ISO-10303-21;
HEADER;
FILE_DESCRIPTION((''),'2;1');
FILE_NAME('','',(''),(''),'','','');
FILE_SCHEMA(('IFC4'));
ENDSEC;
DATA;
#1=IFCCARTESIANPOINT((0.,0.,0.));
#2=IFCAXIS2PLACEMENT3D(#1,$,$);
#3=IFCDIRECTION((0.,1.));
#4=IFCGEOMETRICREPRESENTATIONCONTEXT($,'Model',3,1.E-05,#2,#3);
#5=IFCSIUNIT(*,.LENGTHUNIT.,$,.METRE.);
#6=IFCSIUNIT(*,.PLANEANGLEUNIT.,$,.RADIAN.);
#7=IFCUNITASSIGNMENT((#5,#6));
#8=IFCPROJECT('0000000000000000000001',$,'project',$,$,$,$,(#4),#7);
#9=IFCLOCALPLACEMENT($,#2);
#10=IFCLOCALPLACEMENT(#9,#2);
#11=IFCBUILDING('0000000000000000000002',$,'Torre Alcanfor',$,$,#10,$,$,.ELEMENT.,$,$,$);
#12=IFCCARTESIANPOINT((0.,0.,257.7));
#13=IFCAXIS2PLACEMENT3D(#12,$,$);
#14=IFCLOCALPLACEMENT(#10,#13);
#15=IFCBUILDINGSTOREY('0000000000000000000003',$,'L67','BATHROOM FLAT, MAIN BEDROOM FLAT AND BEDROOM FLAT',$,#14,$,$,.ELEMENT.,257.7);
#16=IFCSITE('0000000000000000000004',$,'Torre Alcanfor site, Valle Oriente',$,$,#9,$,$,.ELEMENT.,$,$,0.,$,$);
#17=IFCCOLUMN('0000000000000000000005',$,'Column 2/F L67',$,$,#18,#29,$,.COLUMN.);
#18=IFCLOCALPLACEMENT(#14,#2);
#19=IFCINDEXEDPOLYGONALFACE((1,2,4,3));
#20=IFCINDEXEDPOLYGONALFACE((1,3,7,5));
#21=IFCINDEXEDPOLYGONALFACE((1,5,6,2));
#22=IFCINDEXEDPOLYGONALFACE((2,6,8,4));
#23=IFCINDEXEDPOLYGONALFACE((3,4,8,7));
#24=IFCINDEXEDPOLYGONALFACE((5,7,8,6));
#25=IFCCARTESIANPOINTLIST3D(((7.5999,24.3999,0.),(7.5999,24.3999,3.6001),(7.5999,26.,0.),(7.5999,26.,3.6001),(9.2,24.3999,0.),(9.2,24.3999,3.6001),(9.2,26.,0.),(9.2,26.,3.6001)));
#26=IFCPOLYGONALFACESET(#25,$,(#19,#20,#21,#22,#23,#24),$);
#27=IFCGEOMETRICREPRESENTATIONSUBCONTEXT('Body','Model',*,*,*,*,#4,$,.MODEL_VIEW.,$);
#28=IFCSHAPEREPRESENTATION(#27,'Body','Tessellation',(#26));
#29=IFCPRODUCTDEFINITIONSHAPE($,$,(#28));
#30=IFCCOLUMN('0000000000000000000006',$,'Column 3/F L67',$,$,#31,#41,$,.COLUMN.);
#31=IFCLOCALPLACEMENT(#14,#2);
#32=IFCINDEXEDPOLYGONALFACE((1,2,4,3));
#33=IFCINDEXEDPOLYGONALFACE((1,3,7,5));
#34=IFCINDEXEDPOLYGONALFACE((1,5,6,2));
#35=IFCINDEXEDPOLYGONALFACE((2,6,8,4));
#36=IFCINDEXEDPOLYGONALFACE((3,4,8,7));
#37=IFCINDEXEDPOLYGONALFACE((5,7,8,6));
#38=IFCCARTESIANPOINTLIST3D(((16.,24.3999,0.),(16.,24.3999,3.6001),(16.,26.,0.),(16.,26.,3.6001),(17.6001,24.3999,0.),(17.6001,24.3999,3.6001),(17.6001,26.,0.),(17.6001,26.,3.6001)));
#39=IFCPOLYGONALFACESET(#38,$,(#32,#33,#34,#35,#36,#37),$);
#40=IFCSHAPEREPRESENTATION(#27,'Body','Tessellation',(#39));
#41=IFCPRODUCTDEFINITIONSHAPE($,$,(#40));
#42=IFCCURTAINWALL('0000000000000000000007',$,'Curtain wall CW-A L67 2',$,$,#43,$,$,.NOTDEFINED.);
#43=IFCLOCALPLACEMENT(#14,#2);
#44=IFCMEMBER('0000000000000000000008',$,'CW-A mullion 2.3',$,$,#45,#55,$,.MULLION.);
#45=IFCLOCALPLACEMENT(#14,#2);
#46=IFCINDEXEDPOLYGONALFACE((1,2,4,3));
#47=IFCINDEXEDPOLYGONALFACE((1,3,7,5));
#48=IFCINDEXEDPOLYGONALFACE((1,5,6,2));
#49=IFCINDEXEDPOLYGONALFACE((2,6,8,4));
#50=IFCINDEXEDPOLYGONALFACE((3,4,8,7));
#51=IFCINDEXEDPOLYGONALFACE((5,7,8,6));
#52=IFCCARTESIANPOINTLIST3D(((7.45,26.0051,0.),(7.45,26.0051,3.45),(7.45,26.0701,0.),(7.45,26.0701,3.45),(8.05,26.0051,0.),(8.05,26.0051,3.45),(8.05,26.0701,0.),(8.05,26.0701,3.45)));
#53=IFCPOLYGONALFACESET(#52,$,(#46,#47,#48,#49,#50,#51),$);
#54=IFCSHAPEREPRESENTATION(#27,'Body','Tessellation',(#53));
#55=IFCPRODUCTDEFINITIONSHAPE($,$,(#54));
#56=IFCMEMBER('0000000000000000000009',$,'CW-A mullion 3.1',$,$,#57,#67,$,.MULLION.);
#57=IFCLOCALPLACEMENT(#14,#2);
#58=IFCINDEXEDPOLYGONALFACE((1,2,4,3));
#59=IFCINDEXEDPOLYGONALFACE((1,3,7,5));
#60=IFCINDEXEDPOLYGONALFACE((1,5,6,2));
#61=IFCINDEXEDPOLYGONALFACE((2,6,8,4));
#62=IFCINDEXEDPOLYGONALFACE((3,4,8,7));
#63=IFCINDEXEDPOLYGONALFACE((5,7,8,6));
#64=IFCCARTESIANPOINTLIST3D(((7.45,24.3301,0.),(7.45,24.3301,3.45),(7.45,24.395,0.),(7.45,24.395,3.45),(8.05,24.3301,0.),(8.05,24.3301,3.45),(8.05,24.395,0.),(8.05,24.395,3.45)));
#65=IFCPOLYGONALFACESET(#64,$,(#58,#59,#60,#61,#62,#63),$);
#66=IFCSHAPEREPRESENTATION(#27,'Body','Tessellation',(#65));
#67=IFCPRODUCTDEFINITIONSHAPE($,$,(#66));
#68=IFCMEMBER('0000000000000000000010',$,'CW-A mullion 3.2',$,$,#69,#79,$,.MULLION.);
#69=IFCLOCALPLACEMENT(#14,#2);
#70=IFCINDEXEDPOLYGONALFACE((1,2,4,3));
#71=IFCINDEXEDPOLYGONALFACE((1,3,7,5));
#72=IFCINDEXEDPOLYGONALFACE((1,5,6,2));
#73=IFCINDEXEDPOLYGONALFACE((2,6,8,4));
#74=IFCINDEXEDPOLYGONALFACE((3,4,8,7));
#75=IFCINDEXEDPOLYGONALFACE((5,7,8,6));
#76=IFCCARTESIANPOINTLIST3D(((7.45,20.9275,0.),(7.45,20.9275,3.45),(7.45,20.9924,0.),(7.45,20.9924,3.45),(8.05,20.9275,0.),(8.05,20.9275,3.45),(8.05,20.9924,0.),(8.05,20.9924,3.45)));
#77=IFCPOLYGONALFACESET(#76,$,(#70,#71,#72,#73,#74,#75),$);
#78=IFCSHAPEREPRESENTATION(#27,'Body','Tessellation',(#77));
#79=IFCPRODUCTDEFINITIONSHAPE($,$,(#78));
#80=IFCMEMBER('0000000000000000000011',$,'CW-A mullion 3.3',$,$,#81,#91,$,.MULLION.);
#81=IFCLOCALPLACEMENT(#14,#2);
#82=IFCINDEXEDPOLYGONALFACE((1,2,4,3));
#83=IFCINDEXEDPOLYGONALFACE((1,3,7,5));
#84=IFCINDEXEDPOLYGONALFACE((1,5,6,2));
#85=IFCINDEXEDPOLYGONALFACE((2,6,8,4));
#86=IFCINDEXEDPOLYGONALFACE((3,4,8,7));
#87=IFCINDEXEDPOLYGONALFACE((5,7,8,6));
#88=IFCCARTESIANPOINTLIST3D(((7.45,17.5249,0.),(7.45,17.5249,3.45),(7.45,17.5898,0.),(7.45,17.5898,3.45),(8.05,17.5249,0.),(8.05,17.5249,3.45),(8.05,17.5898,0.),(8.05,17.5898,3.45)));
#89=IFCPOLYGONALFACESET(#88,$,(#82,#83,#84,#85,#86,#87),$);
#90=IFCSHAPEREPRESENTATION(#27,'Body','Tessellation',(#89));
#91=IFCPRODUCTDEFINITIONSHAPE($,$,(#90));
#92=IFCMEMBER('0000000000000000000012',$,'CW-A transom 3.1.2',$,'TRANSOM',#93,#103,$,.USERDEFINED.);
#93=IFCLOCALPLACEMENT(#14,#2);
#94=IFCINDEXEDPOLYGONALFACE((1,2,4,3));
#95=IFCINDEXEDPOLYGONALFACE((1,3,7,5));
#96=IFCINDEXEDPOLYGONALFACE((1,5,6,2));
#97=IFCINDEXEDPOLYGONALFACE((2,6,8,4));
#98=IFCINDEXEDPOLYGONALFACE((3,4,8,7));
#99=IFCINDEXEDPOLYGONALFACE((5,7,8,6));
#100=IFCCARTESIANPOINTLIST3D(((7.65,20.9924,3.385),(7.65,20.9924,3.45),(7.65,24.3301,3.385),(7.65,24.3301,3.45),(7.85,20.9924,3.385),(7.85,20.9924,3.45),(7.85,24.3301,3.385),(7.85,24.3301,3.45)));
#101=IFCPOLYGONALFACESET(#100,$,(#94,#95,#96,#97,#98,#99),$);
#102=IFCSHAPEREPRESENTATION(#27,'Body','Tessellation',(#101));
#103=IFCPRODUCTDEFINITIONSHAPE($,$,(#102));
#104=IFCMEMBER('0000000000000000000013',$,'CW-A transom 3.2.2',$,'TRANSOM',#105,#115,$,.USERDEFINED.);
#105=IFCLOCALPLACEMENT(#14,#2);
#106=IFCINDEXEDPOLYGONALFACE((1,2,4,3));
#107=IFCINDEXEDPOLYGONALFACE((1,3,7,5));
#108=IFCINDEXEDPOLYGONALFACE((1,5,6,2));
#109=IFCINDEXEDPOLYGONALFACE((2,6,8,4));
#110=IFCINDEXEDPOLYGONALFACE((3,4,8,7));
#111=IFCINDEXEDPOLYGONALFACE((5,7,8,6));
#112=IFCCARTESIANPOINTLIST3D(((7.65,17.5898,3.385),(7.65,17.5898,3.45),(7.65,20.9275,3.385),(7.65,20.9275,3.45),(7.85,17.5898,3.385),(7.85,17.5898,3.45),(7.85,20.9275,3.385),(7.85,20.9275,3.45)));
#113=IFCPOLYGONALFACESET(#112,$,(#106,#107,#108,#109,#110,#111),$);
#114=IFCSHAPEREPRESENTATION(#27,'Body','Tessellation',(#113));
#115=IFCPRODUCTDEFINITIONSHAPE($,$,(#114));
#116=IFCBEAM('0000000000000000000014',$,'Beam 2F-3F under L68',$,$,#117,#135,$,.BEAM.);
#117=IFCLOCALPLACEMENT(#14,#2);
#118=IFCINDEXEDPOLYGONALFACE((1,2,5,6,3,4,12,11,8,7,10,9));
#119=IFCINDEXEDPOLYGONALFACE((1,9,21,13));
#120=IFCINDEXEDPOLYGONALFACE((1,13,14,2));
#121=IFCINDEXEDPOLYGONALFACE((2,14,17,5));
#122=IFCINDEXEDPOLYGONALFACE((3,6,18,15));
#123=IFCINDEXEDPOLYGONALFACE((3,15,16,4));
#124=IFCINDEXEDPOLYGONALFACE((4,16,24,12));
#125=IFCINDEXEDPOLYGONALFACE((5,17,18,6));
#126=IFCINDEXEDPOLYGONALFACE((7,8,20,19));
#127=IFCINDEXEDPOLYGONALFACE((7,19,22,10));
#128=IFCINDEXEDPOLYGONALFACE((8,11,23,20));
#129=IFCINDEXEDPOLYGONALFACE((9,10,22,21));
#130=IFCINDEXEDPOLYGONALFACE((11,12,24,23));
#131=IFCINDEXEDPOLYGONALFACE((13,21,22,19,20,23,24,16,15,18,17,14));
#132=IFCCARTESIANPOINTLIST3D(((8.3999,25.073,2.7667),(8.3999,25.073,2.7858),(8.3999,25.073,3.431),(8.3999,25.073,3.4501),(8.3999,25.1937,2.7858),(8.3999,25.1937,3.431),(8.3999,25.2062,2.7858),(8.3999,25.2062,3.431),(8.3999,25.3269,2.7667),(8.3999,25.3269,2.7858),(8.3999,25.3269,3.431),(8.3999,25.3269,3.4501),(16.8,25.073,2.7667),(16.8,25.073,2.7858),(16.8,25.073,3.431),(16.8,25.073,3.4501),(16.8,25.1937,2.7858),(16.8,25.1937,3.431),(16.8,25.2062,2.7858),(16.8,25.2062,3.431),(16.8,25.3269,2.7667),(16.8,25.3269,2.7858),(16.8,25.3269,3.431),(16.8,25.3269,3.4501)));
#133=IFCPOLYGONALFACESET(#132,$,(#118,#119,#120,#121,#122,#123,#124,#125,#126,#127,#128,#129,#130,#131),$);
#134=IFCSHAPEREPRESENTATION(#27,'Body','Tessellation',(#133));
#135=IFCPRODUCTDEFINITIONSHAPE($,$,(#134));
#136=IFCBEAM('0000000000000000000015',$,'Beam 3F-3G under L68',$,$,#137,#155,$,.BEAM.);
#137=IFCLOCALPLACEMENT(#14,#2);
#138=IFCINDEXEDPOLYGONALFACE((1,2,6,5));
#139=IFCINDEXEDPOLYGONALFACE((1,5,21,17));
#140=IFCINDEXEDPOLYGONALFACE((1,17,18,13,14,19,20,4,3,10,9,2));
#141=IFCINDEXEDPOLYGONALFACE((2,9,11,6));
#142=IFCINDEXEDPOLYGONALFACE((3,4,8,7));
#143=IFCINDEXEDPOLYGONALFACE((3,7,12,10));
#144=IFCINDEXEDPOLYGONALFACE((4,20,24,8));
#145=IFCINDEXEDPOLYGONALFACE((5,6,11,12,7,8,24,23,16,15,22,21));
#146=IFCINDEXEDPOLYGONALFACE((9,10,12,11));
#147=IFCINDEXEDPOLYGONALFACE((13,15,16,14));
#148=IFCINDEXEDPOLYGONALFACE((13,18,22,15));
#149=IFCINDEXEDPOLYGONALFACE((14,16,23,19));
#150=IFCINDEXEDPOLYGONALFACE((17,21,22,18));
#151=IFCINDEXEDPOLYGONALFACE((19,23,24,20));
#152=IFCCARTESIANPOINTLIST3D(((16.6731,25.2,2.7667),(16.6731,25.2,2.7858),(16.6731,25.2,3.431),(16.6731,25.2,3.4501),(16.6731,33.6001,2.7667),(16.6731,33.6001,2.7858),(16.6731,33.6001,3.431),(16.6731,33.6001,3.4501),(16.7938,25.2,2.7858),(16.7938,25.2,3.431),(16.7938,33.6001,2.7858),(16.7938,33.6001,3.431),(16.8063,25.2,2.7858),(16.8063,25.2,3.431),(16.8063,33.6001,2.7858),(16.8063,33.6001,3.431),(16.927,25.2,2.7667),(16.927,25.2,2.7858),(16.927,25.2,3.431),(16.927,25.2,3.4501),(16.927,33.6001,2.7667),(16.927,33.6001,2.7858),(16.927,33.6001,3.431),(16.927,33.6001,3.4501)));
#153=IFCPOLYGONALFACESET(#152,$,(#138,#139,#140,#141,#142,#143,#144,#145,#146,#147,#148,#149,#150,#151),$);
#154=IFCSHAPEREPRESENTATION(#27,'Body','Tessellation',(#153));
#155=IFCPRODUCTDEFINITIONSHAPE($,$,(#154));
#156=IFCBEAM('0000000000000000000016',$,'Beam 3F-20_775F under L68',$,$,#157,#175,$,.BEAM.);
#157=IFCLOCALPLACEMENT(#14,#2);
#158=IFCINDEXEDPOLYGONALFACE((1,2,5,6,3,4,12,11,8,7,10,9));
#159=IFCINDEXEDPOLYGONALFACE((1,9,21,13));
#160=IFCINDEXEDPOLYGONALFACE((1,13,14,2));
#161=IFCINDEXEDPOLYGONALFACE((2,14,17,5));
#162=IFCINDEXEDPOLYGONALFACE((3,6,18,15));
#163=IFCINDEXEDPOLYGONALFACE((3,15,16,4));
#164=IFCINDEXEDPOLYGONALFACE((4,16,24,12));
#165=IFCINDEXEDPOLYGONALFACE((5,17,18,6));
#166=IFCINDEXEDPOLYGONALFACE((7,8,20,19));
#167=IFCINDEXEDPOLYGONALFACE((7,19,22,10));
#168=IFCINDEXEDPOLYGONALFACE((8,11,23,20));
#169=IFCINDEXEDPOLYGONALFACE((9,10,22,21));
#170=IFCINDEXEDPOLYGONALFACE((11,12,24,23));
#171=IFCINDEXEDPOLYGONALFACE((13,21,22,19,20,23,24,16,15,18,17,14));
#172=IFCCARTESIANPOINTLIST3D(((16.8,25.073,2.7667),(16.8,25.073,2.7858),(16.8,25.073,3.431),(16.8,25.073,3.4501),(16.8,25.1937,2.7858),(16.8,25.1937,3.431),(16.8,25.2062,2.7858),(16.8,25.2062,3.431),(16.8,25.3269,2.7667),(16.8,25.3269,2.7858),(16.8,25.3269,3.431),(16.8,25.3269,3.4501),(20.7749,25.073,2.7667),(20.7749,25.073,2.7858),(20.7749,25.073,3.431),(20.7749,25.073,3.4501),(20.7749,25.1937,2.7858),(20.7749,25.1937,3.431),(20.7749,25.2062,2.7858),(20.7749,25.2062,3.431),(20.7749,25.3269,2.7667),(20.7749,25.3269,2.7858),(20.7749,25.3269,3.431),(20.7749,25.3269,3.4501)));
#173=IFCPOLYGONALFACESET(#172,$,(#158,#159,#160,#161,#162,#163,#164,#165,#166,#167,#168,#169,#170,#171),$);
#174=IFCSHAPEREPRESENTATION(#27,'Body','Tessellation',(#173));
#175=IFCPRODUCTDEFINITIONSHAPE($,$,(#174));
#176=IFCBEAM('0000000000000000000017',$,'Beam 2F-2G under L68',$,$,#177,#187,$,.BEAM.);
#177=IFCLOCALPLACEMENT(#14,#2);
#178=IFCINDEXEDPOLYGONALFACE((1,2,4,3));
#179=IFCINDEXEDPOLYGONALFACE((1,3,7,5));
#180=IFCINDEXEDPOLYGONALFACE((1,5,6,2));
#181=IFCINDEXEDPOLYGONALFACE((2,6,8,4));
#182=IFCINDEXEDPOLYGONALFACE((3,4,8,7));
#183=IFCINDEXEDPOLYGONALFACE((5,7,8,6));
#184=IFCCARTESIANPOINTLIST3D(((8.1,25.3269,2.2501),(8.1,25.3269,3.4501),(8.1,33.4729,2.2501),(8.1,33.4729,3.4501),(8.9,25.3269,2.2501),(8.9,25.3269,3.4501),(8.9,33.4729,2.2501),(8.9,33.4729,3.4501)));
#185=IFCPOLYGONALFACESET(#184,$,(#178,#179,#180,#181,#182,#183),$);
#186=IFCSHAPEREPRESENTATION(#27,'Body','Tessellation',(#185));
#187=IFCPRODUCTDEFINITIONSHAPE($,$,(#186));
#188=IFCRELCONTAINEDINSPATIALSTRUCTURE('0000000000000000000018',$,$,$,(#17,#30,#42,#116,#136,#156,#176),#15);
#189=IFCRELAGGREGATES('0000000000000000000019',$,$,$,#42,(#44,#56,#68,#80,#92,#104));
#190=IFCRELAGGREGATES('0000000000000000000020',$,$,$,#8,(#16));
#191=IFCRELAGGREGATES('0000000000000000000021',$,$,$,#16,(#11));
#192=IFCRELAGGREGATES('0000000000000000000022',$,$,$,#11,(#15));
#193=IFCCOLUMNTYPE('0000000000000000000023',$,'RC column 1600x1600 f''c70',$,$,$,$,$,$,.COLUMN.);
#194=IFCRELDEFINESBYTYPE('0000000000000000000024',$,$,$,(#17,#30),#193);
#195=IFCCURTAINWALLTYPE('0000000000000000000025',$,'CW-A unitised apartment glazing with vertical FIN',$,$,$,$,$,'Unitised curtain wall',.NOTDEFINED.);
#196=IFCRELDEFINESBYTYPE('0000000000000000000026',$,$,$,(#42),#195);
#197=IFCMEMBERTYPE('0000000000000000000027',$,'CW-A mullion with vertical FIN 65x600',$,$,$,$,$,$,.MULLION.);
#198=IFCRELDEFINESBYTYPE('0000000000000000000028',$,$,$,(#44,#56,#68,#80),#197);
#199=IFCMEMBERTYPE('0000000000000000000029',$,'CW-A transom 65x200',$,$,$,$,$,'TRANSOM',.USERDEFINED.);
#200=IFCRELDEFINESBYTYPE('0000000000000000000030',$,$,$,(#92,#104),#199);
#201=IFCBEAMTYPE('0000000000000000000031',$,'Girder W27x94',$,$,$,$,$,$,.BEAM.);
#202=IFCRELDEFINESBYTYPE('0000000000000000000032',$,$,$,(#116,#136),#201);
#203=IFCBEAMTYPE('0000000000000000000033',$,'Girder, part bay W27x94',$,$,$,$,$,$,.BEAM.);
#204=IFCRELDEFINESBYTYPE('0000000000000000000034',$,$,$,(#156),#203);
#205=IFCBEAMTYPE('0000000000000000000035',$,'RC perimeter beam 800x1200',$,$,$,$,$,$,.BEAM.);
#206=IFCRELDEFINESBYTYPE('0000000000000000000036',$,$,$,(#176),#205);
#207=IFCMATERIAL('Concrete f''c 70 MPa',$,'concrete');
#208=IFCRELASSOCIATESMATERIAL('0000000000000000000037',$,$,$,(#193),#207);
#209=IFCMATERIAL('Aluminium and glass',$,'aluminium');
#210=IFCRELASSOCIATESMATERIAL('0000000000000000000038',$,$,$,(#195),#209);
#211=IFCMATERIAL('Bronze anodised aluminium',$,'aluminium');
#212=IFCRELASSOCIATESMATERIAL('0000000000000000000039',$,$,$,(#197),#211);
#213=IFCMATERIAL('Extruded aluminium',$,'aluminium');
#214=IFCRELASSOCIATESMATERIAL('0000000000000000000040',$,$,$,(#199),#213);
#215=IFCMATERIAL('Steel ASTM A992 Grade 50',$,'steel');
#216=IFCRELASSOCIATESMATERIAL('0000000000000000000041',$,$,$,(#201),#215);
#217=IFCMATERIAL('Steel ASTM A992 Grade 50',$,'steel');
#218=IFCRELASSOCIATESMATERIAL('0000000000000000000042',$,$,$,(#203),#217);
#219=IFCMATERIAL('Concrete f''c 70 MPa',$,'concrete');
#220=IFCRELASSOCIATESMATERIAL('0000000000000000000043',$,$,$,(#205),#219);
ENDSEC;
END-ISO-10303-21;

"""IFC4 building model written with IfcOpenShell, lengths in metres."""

from ifc_helpers import new_model, si_unit, direction, frame, origin, origin_2d, place, context, subcontext, project, spatial, rectangle, i_section, extrude, material, material_profile, profile_set, type_object, element, aggregate, save


model = new_model("IFC4")

# Units and contexts
model_context = context("Model", 3, precision=1e-05, world=origin(), true_north=direction((0.0, 1.0)))
body_context = subcontext(model_context, "Body", "Model", "MODEL_VIEW")
ifc_project = project(units=[si_unit("LENGTHUNIT", "METRE"), si_unit("PLANEANGLEUNIT", "RADIAN")], contexts=[model_context])

# Site, building, storey
site_placement = place(None, origin())
site = spatial("IfcSite", under=ifc_project, at=site_placement, Name="Torre Alcanfor site, Valle Oriente", CompositionType="ELEMENT", RefElevation=0.0)
building_placement = place(site_placement, origin())
building = spatial("IfcBuilding", under=site, at=building_placement, Name="Torre Alcanfor", CompositionType="ELEMENT")
storey_placement = place(building_placement, frame((0.0, 0.0, 257.7)))
storey = spatial("IfcBuildingStorey", under=building, at=storey_placement, Name="L67", Description="BATHROOM FLAT, MAIN BEDROOM FLAT AND BEDROOM FLAT", CompositionType="ELEMENT", Elevation=257.7)

# Columns
ifc_material_1 = material(Name="Concrete f'c 70 MPa", Category="concrete")
ifc_material_profile_1 = material_profile(ifc_material_1, rectangle(XDim=1.6001, YDim=1.6001, at=origin_2d()), Name="1600x1600")
ifc_profile_set_1 = profile_set([ifc_material_profile_1], Name="Concrete f'c 70 MPa")
column_type = type_object("IfcColumnType", Name="RC column 1600x1600 f'c70", PredefinedType="COLUMN", material=ifc_profile_set_1)
for number, where, z_axis, x_axis, name in (
    (1, (8.3999, 25.2, 0.0), (0.0, 0.0, 1.0), (1.0, 0.0, 0.0), "Column 2/F L67"),
    (2, (16.8, 25.2, 0.0), (0.0, 0.0, 1.0), (1.0, 0.0, 0.0), "Column 3/F L67"),
):
    element("IfcColumn", number, at=place(storey_placement, frame(where, z_axis=z_axis, x_axis=x_axis)), inside=storey, type_object=column_type, Name=name, PredefinedType="COLUMN", context=body_context, shape_type="SweptSolid", body=[
        extrude(rectangle(XDim=1.6001, YDim=1.6001, at=origin_2d()), origin(), (0.0, 0.0, 1.0), 3.6001),
    ])

# Curtain wall, members
ifc_material_2 = material(Name="Aluminium and glass", Category="aluminium")
curtain_wall_type = type_object("IfcCurtainWallType", Name="CW-A unitised apartment glazing with vertical FIN", ElementType="Unitised curtain wall", PredefinedType="NOTDEFINED", material=ifc_material_2)
curtain_wall_placement = place(storey_placement, origin())
curtain_wall = element("IfcCurtainWall", 3, at=curtain_wall_placement, inside=storey, type_object=curtain_wall_type, Name="Curtain wall CW-A L67 2", PredefinedType="NOTDEFINED")
ifc_material_3 = material(Name="Bronze anodised aluminium", Category="aluminium")
ifc_material_profile_2 = material_profile(ifc_material_3, rectangle(XDim=0.6001, YDim=0.0649, at=origin_2d()), Name="CW-A mullion 65x600")
ifc_profile_set_2 = profile_set([ifc_material_profile_2], Name="Bronze anodised aluminium")
member_type_1 = type_object("IfcMemberType", Name="CW-A mullion with vertical FIN 65x600", PredefinedType="MULLION", material=ifc_profile_set_2)
member_1_placement = place(storey_placement, frame((7.75, 26.0376, 0.0), z_axis=(0.0, 0.0, 1.0), x_axis=(1.0, 0.0, 0.0)))
member_1 = element("IfcMember", 4, at=member_1_placement, type_object=member_type_1, Name="CW-A mullion 2.3", PredefinedType="MULLION", context=body_context, shape_type="SweptSolid", body=[
    extrude(rectangle(XDim=0.6001, YDim=0.0649, at=origin_2d()), origin(), (0.0, 0.0, 1.0), 3.45),
])
member_2_placement = place(storey_placement, frame((7.75, 24.3625, 0.0), z_axis=(0.0, 0.0, 1.0), x_axis=(1.0, 0.0, 0.0)))
member_2 = element("IfcMember", 5, at=member_2_placement, type_object=member_type_1, Name="CW-A mullion 3.1", PredefinedType="MULLION", context=body_context, shape_type="SweptSolid", body=[
    extrude(rectangle(XDim=0.6001, YDim=0.0649, at=origin_2d()), origin(), (0.0, 0.0, 1.0), 3.45),
])
member_3_placement = place(storey_placement, frame((7.75, 20.96, 0.0), z_axis=(0.0, 0.0, 1.0), x_axis=(1.0, 0.0, 0.0)))
member_3 = element("IfcMember", 6, at=member_3_placement, type_object=member_type_1, Name="CW-A mullion 3.2", PredefinedType="MULLION", context=body_context, shape_type="SweptSolid", body=[
    extrude(rectangle(XDim=0.6001, YDim=0.0649, at=origin_2d()), origin(), (0.0, 0.0, 1.0), 3.45),
])
member_4_placement = place(storey_placement, frame((7.75, 17.5574, 0.0), z_axis=(0.0, 0.0, 1.0), x_axis=(1.0, 0.0, 0.0)))
member_4 = element("IfcMember", 7, at=member_4_placement, type_object=member_type_1, Name="CW-A mullion 3.3", PredefinedType="MULLION", context=body_context, shape_type="SweptSolid", body=[
    extrude(rectangle(XDim=0.6001, YDim=0.0649, at=origin_2d()), origin(), (0.0, 0.0, 1.0), 3.45),
])
ifc_material_4 = material(Name="Extruded aluminium", Category="aluminium")
ifc_material_profile_3 = material_profile(ifc_material_4, rectangle(XDim=0.2, YDim=0.0649, at=origin_2d()), Name="CW-A transom 200x65")
ifc_profile_set_3 = profile_set([ifc_material_profile_3], Name="Extruded aluminium")
member_type_2 = type_object("IfcMemberType", Name="CW-A transom 65x200", ElementType="TRANSOM", PredefinedType="USERDEFINED", material=ifc_profile_set_3)
member_5_placement = place(storey_placement, frame((7.75, 24.3301, 3.4175), z_axis=(0.0, -1.0, 0.0), x_axis=(1.0, 0.0, 0.0)))
member_5 = element("IfcMember", 8, at=member_5_placement, type_object=member_type_2, Name="CW-A transom 3.1.2", ObjectType="TRANSOM", PredefinedType="USERDEFINED", context=body_context, shape_type="SweptSolid", body=[
    extrude(rectangle(XDim=0.2, YDim=0.0649, at=origin_2d()), origin(), (0.0, 0.0, 1.0), 3.3376),
])
member_6_placement = place(storey_placement, frame((7.75, 20.9275, 3.4175), z_axis=(0.0, -1.0, 0.0), x_axis=(1.0, 0.0, 0.0)))
member_6 = element("IfcMember", 9, at=member_6_placement, type_object=member_type_2, Name="CW-A transom 3.2.2", ObjectType="TRANSOM", PredefinedType="USERDEFINED", context=body_context, shape_type="SweptSolid", body=[
    extrude(rectangle(XDim=0.2, YDim=0.0649, at=origin_2d()), origin(), (0.0, 0.0, 1.0), 3.3376),
])

# Beams
ifc_material_5 = material(Name="Steel ASTM A992 Grade 50", Category="steel")
ifc_material_profile_4 = material_profile(ifc_material_5, i_section(OverallWidth=0.2539, OverallDepth=0.6833, WebThickness=0.0125, FlangeThickness=0.019, at=origin_2d()), Name="W27x94")
ifc_profile_set_4 = profile_set([ifc_material_profile_4], Name="Steel ASTM A992 Grade 50")
beam_type_1 = type_object("IfcBeamType", Name="Girder W27x94", PredefinedType="BEAM", material=ifc_profile_set_4)
for number, where, z_axis, x_axis, name in (
    (10, (8.3999, 25.2, 3.1084), (1.0, 0.0, 0.0), (0.0, 1.0, 0.0), "Beam 2F-3F under L68"),
    (11, (16.8, 25.2, 3.1084), (0.0, 1.0, 0.0), (-1.0, 0.0, 0.0), "Beam 3F-3G under L68"),
):
    element("IfcBeam", number, at=place(storey_placement, frame(where, z_axis=z_axis, x_axis=x_axis)), inside=storey, type_object=beam_type_1, Name=name, PredefinedType="BEAM", context=body_context, shape_type="SweptSolid", body=[
        extrude(i_section(OverallWidth=0.2539, OverallDepth=0.6833, WebThickness=0.0125, FlangeThickness=0.019, at=origin_2d()), origin(), (0.0, 0.0, 1.0), 8.4001),
    ])
ifc_material_6 = material(Name="Steel ASTM A992 Grade 50", Category="steel")
ifc_material_profile_5 = material_profile(ifc_material_6, i_section(OverallWidth=0.2539, OverallDepth=0.6833, WebThickness=0.0125, FlangeThickness=0.019, at=origin_2d()), Name="W27x94")
ifc_profile_set_5 = profile_set([ifc_material_profile_5], Name="Steel ASTM A992 Grade 50")
beam_type_2 = type_object("IfcBeamType", Name="Girder, part bay W27x94", PredefinedType="BEAM", material=ifc_profile_set_5)
beam_1_placement = place(storey_placement, frame((16.8, 25.2, 3.1084), z_axis=(1.0, 0.0, 0.0), x_axis=(0.0, 1.0, 0.0)))
element("IfcBeam", 12, at=beam_1_placement, inside=storey, type_object=beam_type_2, Name="Beam 3F-20_775F under L68", PredefinedType="BEAM", context=body_context, shape_type="SweptSolid", body=[
    extrude(i_section(OverallWidth=0.2539, OverallDepth=0.6833, WebThickness=0.0125, FlangeThickness=0.019, at=origin_2d()), origin(), (0.0, 0.0, 1.0), 3.9749),
])
ifc_material_7 = material(Name="Concrete f'c 70 MPa", Category="concrete")
ifc_material_profile_6 = material_profile(ifc_material_7, rectangle(XDim=0.8, YDim=1.2, at=origin_2d()), Name="800x1200")
ifc_profile_set_6 = profile_set([ifc_material_profile_6], Name="Concrete f'c 70 MPa")
beam_type_3 = type_object("IfcBeamType", Name="RC perimeter beam 800x1200", PredefinedType="BEAM", material=ifc_profile_set_6)
beam_2_placement = place(storey_placement, frame((8.5, 25.3269, 2.8501), z_axis=(0.0, 1.0, 0.0), x_axis=(-1.0, 0.0, 0.0)))
element("IfcBeam", 13, at=beam_2_placement, inside=storey, type_object=beam_type_3, Name="Beam 2F-2G under L68", PredefinedType="BEAM", context=body_context, shape_type="SweptSolid", body=[
    extrude(rectangle(XDim=0.8, YDim=1.2, at=origin_2d()), origin(), (0.0, 0.0, 1.0), 8.146),
])

aggregate(curtain_wall, [member_1, member_2, member_3, member_4, member_5, member_6])

save(model, "model.ifc")
